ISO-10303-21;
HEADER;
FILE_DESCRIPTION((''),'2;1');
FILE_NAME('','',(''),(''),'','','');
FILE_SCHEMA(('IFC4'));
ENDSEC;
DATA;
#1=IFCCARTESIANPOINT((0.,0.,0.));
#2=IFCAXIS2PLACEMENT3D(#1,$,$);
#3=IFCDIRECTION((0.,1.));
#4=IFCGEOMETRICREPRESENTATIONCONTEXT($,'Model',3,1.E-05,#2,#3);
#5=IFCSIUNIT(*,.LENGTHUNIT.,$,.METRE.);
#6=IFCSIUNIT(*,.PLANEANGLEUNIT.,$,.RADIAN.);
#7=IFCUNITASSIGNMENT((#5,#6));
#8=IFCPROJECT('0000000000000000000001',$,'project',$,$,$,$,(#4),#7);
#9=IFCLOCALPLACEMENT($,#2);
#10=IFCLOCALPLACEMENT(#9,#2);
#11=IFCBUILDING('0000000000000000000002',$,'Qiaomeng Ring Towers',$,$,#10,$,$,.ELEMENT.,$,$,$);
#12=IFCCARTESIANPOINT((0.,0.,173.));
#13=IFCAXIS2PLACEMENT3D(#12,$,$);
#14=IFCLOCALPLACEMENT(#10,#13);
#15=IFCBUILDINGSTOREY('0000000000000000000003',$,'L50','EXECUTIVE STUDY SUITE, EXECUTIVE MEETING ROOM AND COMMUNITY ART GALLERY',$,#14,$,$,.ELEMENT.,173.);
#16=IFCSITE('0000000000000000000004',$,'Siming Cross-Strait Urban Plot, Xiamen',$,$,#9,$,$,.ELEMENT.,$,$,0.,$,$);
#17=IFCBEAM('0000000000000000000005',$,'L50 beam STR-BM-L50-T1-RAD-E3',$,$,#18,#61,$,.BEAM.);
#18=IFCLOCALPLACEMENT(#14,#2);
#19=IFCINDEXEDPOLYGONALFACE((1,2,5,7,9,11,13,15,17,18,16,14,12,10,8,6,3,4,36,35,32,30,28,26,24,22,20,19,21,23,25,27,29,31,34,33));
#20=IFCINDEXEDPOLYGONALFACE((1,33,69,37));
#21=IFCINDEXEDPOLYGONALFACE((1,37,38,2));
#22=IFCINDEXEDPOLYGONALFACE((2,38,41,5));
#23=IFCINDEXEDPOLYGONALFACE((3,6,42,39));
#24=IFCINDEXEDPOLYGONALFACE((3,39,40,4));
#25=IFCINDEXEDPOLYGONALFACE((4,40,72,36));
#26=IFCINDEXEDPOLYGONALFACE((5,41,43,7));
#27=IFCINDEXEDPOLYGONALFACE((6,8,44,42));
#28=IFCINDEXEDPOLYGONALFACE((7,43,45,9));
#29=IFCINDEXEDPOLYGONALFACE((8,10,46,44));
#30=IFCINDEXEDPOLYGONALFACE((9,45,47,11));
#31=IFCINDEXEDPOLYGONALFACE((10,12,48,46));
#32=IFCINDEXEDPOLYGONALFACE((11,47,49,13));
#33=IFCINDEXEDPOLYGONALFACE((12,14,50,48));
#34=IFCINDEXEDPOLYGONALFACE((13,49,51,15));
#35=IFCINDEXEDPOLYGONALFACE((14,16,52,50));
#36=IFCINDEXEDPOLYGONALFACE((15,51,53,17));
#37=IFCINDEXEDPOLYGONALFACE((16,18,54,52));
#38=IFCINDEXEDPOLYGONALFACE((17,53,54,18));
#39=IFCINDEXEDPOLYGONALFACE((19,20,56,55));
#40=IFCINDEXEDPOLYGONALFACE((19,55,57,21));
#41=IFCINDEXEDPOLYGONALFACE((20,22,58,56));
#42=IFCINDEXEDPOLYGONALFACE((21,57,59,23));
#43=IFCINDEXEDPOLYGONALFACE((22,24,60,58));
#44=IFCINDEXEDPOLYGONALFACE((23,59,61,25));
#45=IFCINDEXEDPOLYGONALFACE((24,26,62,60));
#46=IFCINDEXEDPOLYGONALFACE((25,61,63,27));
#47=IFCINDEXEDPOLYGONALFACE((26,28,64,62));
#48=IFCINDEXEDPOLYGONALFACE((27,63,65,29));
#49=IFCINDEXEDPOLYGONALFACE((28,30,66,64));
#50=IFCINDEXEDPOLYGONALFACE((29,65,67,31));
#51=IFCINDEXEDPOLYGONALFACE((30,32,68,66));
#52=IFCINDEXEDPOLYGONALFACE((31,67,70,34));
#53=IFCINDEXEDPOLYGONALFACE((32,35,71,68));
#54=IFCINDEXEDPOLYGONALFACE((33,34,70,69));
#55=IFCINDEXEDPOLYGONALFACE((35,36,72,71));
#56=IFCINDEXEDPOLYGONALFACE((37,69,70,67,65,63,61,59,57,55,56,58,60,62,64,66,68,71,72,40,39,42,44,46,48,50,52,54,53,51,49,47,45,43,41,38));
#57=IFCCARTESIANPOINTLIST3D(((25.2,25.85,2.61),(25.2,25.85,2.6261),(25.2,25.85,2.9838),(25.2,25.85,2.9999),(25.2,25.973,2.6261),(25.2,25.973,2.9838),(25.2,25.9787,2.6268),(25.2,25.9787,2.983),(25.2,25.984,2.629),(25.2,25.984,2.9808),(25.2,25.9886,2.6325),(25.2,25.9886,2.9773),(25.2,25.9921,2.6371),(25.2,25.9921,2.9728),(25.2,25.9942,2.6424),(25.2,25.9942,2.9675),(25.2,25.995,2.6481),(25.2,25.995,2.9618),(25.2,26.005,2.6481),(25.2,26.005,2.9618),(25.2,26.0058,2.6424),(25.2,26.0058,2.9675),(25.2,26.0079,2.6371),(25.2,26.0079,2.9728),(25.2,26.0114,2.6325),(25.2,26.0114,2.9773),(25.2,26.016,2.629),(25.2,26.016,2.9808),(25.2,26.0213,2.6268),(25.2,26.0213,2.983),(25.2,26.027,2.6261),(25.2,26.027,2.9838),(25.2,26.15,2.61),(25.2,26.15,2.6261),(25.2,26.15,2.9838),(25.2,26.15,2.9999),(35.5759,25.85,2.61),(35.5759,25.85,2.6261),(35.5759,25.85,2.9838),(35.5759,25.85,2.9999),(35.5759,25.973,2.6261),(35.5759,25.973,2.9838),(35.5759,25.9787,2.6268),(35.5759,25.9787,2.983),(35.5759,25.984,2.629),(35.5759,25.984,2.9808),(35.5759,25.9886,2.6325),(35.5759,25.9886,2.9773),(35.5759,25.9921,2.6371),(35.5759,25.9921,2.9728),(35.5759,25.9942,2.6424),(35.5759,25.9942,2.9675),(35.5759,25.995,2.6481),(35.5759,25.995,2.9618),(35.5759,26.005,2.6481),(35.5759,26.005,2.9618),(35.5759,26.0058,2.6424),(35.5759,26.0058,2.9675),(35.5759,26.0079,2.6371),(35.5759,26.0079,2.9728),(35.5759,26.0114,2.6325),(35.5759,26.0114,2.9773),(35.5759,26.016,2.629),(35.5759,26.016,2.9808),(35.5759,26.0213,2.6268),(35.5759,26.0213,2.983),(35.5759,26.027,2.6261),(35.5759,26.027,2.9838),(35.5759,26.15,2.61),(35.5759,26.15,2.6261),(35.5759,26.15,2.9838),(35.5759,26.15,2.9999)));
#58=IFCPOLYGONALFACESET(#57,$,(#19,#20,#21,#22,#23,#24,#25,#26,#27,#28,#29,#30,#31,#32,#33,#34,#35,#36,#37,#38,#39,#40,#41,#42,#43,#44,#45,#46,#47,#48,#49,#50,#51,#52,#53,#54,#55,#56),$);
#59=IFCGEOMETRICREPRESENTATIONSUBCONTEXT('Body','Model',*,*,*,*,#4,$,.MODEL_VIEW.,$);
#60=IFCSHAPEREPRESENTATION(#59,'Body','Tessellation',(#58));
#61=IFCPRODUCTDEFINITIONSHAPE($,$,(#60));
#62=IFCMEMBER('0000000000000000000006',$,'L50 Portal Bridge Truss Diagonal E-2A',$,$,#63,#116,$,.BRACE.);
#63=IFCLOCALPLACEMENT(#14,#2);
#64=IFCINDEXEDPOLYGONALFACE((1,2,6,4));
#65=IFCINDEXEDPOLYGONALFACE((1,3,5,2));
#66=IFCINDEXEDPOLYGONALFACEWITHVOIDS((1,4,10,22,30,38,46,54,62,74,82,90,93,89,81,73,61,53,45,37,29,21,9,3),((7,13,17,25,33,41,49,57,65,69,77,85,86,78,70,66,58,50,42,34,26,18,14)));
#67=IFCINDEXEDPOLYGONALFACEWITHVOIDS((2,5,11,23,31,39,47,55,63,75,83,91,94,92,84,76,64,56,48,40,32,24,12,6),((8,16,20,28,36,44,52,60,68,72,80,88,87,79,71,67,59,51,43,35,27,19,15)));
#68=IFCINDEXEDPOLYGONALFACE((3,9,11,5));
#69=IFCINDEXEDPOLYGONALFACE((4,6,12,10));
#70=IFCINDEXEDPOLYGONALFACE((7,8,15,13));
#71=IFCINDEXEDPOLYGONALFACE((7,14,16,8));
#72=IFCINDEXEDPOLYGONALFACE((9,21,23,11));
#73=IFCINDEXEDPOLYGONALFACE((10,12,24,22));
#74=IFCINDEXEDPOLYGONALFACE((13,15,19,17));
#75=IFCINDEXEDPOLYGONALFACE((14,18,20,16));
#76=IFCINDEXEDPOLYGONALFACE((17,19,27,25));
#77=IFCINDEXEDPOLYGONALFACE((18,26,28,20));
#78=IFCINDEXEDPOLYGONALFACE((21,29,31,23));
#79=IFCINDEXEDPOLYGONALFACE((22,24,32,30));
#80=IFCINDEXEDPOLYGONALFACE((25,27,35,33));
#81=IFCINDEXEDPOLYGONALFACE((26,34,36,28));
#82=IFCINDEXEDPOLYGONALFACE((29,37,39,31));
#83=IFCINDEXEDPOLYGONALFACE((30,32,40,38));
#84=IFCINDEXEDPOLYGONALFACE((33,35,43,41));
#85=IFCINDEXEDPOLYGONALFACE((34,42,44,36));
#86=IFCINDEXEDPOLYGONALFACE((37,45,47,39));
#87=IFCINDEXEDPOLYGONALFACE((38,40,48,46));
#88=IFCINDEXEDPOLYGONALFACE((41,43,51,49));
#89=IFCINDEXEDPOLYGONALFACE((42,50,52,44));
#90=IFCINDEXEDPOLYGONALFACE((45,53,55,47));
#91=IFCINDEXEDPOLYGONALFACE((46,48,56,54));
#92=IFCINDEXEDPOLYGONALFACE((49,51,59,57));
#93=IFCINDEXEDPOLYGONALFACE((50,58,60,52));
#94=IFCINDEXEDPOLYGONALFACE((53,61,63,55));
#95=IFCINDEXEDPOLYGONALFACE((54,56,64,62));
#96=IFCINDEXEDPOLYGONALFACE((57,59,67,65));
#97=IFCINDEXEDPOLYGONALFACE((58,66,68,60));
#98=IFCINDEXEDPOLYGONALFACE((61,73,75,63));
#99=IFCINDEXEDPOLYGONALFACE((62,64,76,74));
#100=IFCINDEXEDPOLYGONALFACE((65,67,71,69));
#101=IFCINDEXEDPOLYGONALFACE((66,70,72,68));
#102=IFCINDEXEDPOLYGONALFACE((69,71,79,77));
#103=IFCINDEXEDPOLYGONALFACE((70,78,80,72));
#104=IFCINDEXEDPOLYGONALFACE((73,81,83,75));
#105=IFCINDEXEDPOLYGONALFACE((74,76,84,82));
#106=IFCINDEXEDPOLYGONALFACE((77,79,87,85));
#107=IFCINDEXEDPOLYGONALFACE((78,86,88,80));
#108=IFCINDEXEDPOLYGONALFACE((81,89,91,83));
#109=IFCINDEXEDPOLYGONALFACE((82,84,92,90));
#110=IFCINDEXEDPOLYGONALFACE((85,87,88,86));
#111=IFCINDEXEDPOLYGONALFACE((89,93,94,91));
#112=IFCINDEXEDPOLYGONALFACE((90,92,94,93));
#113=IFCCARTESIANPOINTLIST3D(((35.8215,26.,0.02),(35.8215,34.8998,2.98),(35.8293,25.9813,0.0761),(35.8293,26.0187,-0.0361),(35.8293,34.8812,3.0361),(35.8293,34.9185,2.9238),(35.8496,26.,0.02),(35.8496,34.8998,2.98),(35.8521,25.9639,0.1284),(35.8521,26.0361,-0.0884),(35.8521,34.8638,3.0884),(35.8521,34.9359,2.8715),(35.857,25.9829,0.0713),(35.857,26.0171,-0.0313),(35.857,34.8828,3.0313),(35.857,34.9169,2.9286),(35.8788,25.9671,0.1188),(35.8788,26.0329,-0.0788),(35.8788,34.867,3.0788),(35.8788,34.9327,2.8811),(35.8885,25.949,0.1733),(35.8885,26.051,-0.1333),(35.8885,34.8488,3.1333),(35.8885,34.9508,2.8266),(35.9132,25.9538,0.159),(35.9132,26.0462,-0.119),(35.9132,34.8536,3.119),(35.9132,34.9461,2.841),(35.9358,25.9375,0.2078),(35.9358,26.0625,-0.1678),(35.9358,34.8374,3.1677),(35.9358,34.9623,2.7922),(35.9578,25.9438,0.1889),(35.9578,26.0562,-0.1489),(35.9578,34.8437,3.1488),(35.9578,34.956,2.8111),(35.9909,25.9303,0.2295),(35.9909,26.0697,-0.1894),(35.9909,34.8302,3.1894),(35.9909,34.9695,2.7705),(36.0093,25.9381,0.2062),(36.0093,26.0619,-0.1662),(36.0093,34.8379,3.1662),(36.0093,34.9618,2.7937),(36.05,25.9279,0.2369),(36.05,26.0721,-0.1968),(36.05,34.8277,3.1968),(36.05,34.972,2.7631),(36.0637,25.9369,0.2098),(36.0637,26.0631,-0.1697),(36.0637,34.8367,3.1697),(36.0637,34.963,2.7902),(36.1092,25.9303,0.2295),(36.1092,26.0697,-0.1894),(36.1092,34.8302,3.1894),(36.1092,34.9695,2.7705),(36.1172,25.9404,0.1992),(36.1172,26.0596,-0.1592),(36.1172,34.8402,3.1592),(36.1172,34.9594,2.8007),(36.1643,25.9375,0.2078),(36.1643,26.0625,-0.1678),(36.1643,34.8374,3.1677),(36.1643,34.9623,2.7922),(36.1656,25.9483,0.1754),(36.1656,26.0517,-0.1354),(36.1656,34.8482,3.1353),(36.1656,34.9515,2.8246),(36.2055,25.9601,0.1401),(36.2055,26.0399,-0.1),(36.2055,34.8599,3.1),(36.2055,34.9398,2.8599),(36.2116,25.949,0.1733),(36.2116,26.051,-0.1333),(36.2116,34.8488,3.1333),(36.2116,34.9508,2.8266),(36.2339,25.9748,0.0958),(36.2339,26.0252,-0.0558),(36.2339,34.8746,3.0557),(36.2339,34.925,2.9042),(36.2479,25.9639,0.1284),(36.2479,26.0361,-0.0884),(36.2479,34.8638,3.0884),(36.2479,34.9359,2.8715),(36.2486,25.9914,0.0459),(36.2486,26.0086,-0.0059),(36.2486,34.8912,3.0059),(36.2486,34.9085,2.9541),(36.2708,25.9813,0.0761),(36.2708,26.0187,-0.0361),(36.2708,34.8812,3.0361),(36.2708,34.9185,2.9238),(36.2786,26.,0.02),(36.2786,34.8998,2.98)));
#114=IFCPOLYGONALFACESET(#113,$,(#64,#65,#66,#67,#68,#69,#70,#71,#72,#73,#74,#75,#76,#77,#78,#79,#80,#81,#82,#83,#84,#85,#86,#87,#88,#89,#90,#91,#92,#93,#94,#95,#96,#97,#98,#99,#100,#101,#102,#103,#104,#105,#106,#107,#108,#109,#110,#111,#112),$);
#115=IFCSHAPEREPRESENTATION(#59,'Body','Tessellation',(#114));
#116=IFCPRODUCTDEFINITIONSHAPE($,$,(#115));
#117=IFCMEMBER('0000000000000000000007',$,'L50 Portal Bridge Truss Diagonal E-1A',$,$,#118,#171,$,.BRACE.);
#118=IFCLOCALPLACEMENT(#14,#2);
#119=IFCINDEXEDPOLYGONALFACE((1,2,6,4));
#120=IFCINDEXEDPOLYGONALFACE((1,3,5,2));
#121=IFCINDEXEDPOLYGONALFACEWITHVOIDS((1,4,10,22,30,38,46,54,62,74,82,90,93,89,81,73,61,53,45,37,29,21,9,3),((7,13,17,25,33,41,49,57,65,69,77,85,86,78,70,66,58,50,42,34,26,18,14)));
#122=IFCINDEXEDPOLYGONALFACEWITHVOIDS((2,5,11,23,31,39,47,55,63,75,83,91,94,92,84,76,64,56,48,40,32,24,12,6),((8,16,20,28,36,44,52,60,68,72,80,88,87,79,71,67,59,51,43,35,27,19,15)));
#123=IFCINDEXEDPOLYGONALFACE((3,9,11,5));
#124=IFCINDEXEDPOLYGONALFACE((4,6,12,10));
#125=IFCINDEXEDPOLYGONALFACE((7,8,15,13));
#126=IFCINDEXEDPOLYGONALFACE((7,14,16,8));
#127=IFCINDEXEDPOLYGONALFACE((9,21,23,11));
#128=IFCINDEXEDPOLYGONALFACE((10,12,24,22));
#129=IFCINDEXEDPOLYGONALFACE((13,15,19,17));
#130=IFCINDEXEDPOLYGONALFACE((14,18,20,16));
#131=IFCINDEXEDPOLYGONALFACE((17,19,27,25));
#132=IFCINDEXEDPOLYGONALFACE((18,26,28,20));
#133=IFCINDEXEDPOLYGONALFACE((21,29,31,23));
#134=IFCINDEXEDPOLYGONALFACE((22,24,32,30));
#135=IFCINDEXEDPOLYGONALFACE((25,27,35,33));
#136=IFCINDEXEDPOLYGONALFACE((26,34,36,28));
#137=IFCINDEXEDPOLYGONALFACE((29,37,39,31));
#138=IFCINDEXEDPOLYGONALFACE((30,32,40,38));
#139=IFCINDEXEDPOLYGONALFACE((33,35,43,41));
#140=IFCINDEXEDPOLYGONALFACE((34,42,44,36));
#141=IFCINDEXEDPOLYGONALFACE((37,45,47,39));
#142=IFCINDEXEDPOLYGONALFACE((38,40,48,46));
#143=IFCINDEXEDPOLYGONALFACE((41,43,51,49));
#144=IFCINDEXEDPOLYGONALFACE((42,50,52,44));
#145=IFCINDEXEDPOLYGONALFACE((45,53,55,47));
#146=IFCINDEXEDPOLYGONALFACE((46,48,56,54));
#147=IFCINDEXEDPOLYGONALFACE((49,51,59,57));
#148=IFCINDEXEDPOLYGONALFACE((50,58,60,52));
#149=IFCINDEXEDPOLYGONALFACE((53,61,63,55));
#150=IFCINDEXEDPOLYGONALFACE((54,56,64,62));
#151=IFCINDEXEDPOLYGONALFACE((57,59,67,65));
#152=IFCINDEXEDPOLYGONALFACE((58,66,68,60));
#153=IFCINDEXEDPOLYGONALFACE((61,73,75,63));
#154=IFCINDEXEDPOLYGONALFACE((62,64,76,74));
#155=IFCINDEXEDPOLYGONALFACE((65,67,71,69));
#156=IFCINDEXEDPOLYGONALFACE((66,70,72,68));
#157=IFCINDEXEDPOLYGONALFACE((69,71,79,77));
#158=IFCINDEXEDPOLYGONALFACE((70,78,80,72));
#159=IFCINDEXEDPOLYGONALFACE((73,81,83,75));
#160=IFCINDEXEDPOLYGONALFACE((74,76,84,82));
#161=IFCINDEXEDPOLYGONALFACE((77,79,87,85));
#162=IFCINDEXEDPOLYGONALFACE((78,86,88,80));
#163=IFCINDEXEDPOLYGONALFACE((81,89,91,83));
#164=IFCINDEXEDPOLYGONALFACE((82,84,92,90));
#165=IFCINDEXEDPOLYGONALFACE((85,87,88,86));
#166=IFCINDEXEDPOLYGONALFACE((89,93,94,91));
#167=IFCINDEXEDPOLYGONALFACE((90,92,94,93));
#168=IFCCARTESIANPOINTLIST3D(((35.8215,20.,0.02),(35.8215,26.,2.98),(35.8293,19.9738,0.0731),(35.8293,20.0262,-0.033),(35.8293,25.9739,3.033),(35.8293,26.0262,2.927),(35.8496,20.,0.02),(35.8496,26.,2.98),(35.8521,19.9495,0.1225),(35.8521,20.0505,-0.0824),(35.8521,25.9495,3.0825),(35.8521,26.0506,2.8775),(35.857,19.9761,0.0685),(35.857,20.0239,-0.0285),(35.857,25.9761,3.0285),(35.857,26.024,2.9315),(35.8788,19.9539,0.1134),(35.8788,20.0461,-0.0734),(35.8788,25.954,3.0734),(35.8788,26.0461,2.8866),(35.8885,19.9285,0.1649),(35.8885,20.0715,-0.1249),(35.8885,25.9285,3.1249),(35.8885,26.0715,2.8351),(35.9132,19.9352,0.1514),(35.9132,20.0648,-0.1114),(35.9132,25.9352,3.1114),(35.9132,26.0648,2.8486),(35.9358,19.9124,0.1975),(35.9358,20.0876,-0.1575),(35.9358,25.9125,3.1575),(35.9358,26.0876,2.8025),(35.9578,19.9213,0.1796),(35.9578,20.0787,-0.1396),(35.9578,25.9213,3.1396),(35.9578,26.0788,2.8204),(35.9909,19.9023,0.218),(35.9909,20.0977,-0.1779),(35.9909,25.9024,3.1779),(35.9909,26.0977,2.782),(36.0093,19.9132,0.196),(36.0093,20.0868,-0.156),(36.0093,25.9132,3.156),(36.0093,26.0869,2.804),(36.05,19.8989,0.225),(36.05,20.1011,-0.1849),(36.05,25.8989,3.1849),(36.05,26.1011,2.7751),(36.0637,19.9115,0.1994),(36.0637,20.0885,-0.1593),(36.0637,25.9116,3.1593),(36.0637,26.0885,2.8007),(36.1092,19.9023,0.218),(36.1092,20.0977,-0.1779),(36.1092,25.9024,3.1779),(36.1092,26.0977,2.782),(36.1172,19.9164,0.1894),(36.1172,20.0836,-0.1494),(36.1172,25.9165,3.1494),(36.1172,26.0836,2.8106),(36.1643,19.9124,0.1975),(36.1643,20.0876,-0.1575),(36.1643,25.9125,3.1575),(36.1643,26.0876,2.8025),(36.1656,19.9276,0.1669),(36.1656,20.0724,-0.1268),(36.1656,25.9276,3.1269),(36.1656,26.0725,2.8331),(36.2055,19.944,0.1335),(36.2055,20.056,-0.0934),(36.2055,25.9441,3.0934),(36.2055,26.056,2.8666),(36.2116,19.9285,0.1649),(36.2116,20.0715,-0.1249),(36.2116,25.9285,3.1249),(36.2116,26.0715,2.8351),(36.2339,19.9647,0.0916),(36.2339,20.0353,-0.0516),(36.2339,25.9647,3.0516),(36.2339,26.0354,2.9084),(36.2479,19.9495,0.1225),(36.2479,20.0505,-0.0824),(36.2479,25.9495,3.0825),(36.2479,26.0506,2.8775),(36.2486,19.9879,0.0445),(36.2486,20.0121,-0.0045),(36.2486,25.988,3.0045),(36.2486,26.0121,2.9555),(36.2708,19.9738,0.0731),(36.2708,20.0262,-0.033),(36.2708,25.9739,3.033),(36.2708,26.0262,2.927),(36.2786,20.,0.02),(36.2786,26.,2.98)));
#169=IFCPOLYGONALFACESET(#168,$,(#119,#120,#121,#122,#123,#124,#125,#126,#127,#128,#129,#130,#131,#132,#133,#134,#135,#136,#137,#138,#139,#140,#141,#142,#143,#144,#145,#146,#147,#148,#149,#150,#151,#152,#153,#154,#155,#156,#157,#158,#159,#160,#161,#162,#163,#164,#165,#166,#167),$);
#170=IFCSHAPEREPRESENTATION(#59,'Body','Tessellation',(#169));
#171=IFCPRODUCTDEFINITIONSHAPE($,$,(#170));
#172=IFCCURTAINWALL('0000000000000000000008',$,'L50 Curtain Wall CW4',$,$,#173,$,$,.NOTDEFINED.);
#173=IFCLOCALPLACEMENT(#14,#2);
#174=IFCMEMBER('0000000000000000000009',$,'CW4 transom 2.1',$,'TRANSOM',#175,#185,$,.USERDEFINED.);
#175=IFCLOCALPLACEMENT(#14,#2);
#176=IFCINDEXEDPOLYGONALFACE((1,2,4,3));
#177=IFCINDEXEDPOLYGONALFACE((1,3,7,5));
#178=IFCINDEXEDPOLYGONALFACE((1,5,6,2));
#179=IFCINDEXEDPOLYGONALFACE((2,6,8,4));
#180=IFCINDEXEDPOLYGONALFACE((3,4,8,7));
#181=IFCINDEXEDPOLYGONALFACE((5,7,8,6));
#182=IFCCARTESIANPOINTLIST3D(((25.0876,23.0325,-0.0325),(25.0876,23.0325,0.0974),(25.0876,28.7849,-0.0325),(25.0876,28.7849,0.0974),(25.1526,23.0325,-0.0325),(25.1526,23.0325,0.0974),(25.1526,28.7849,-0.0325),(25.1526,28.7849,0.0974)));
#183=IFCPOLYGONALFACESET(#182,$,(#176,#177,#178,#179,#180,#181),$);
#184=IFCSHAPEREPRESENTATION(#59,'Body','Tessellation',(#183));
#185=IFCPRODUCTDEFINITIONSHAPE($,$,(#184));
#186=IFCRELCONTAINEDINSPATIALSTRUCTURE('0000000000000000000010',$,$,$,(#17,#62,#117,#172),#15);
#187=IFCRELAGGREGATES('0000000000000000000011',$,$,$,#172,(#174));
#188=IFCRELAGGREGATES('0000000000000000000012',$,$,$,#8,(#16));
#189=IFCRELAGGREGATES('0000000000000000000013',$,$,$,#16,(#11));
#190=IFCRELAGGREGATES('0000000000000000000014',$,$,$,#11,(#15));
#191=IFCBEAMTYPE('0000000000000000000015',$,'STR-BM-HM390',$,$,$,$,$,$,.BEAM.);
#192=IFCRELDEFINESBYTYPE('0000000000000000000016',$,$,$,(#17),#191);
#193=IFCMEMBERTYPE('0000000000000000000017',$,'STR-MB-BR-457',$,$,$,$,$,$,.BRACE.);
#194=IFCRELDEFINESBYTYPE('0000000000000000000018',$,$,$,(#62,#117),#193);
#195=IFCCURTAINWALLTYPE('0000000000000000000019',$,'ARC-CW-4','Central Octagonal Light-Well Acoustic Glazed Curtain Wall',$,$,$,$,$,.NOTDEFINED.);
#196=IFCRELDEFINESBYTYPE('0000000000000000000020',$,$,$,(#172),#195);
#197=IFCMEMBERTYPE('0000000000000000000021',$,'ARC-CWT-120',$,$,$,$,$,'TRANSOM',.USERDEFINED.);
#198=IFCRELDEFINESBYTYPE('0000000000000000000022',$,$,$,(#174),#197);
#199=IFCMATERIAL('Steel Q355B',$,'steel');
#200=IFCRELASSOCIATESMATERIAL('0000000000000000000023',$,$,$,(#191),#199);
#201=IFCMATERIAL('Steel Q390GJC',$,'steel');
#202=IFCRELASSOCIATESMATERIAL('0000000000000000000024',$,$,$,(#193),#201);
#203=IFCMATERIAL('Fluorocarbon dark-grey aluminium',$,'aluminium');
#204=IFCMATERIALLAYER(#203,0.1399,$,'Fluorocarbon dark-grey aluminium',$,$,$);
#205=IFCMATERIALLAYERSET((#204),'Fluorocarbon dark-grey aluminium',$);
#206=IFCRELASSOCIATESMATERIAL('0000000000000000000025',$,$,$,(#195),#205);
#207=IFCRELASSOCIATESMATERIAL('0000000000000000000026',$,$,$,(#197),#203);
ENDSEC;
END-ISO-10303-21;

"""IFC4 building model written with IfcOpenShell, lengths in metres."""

from ifc_helpers import new_model, si_unit, direction, frame, origin, origin_2d, place, context, subcontext, project, spatial, rectangle, hollow_circle, i_section, extrude, source, transform, mapped, material, layer, layer_set, material_profile, profile_set, type_object, element, aggregate, save


model = new_model("IFC4")

# Units and contexts
model_context = context("Model", 3, precision=1e-05, world=origin(), true_north=direction((0.0, 1.0)))
body_context = subcontext(model_context, "Body", "Model", "MODEL_VIEW")
ifc_project = project(units=[si_unit("LENGTHUNIT", "METRE"), si_unit("PLANEANGLEUNIT", "RADIAN")], contexts=[model_context])

# Site, building, storey
site_placement = place(None, origin())
site = spatial("IfcSite", under=ifc_project, at=site_placement, Name="Siming Cross-Strait Urban Plot, Xiamen", CompositionType="ELEMENT", RefElevation=0.0)
building_placement = place(site_placement, origin())
building = spatial("IfcBuilding", under=site, at=building_placement, Name="Qiaomeng Ring Towers", CompositionType="ELEMENT")
storey_placement = place(building_placement, frame((0.0, 0.0, 173.0)))
storey = spatial("IfcBuildingStorey", under=building, at=storey_placement, Name="L50", Description="EXECUTIVE STUDY SUITE, EXECUTIVE MEETING ROOM AND COMMUNITY ART GALLERY", CompositionType="ELEMENT", Elevation=173.0)

# Beam
ifc_material_1 = material(Name="Steel Q355B", Category="steel")
ifc_material_profile_1 = material_profile(ifc_material_1, i_section(OverallWidth=0.3, OverallDepth=0.3899, WebThickness=0.01, FlangeThickness=0.0161, FilletRadius=0.022, at=origin_2d()), Name="HM 390x300x10x16")
ifc_profile_set_1 = profile_set([ifc_material_profile_1], Name="Steel Q355B")
beam_type_1 = type_object("IfcBeamType", Name="STR-BM-HM390", PredefinedType="BEAM", material=ifc_profile_set_1)
shared_shape_1 = source(origin(), body_context, "Body", "SweptSolid", [
    extrude(i_section(OverallWidth=0.3, OverallDepth=0.3899, WebThickness=0.01, FlangeThickness=0.0161, FilletRadius=0.022, at=origin_2d()), origin(), (0.0, 0.0, 1.0), 10.376),
])
beam_1_placement = place(storey_placement, frame((25.2, 26.0, 2.8049), z_axis=(1.0, 0.0, 0.0), x_axis=(0.0, 1.0, 0.0)))
element("IfcBeam", 1, at=beam_1_placement, inside=storey, type_object=beam_type_1, Name="L50 beam STR-BM-L50-T1-RAD-E3", PredefinedType="BEAM", context=body_context, shape_type="MappedRepresentation", body=[
    mapped(shared_shape_1, transform((0.0, 0.0, 0.0), x_axis=(1.0, 0.0, 0.0), y_axis=(0.0, 1.0, 0.0), z_axis=(0.0, 0.0, 1.0), scale=1.0)),
])

# Members
ifc_material_2 = material(Name="Steel Q390GJC", Category="steel")
ifc_material_profile_2 = material_profile(ifc_material_2, hollow_circle(Radius=0.2285, WallThickness=0.0281, at=origin_2d()), Name="CHS 457x28")
ifc_profile_set_2 = profile_set([ifc_material_profile_2], Name="Steel Q390GJC")
member_type_1 = type_object("IfcMemberType", Name="STR-MB-BR-457", PredefinedType="BRACE", material=ifc_profile_set_2)
shared_shape_2 = source(origin(), body_context, "Body", "SweptSolid", [
    extrude(hollow_circle(Radius=0.2285, WallThickness=0.0281, at=origin_2d()), origin(), (0.0, 0.0, 1.0), 9.3792),
])
member_1_placement = place(storey_placement, frame((36.05, 26.0, 0.02), z_axis=(0.0, 0.948897, 0.315587), x_axis=(-1.0, 0.0, 0.0)))
element("IfcMember", 2, at=member_1_placement, inside=storey, type_object=member_type_1, Name="L50 Portal Bridge Truss Diagonal E-2A", PredefinedType="BRACE", context=body_context, shape_type="MappedRepresentation", body=[
    mapped(shared_shape_2, transform((0.0, 0.0, 0.0), x_axis=(1.0, 0.0, 0.0), y_axis=(0.0, 1.0, 0.0), z_axis=(0.0, 0.0, 1.0), scale=1.0)),
])
shared_shape_3 = source(origin(), body_context, "Body", "SweptSolid", [
    extrude(hollow_circle(Radius=0.2285, WallThickness=0.0281, at=origin_2d()), origin(), (0.0, 0.0, 1.0), 6.6904),
])
member_2_placement = place(storey_placement, frame((36.05, 20.0, 0.02), z_axis=(0.0, 0.896808, 0.44242), x_axis=(-1.0, 0.0, 0.0)))
element("IfcMember", 3, at=member_2_placement, inside=storey, type_object=member_type_1, Name="L50 Portal Bridge Truss Diagonal E-1A", PredefinedType="BRACE", context=body_context, shape_type="MappedRepresentation", body=[
    mapped(shared_shape_3, transform((0.0, 0.0, 0.0), x_axis=(1.0, 0.0, 0.0), y_axis=(0.0, 1.0, 0.0), z_axis=(0.0, 0.0, 1.0), scale=1.0)),
])

# Curtain wall, member
ifc_material_3 = material(Name="Fluorocarbon dark-grey aluminium", Category="aluminium")
ifc_layer_1 = layer(ifc_material_3, 0.1399, Name="Fluorocarbon dark-grey aluminium")
ifc_layer_set_1 = layer_set([ifc_layer_1], Name="Fluorocarbon dark-grey aluminium")
curtain_wall_type = type_object("IfcCurtainWallType", Name="ARC-CW-4", Description="Central Octagonal Light-Well Acoustic Glazed Curtain Wall", PredefinedType="NOTDEFINED", material=ifc_layer_set_1)
curtain_wall_placement = place(storey_placement, origin())
curtain_wall = element("IfcCurtainWall", 4, at=curtain_wall_placement, inside=storey, type_object=curtain_wall_type, Name="L50 Curtain Wall CW4", PredefinedType="NOTDEFINED")
ifc_material_profile_3 = material_profile(ifc_material_3, rectangle(XDim=0.0649, YDim=0.1299, at=origin_2d()), Name="ALU TRAN 65x130")
ifc_profile_set_3 = profile_set([ifc_material_profile_3], Name="Fluorocarbon dark-grey aluminium")
member_type_2 = type_object("IfcMemberType", Name="ARC-CWT-120", ElementType="TRANSOM", PredefinedType="USERDEFINED", material=ifc_profile_set_3)
shared_shape_4 = source(origin(), body_context, "Body", "SweptSolid", [
    extrude(rectangle(XDim=0.0649, YDim=0.1299, at=origin_2d()), origin(), (0.0, 0.0, 1.0), 5.7524),
])
member_3_placement = place(storey_placement, frame((25.1201, 23.0325, 0.0325), z_axis=(0.0, 1.0, 0.0), x_axis=(-1.0, 0.0, 0.0)))
member_3 = element("IfcMember", 5, at=member_3_placement, type_object=member_type_2, Name="CW4 transom 2.1", ObjectType="TRANSOM", PredefinedType="USERDEFINED", context=body_context, shape_type="MappedRepresentation", body=[
    mapped(shared_shape_4, transform((0.0, 0.0, 0.0), x_axis=(1.0, 0.0, 0.0), y_axis=(0.0, 1.0, 0.0), z_axis=(0.0, 0.0, 1.0), scale=1.0)),
])

aggregate(curtain_wall, [member_3])

save(model, "model.ifc")
